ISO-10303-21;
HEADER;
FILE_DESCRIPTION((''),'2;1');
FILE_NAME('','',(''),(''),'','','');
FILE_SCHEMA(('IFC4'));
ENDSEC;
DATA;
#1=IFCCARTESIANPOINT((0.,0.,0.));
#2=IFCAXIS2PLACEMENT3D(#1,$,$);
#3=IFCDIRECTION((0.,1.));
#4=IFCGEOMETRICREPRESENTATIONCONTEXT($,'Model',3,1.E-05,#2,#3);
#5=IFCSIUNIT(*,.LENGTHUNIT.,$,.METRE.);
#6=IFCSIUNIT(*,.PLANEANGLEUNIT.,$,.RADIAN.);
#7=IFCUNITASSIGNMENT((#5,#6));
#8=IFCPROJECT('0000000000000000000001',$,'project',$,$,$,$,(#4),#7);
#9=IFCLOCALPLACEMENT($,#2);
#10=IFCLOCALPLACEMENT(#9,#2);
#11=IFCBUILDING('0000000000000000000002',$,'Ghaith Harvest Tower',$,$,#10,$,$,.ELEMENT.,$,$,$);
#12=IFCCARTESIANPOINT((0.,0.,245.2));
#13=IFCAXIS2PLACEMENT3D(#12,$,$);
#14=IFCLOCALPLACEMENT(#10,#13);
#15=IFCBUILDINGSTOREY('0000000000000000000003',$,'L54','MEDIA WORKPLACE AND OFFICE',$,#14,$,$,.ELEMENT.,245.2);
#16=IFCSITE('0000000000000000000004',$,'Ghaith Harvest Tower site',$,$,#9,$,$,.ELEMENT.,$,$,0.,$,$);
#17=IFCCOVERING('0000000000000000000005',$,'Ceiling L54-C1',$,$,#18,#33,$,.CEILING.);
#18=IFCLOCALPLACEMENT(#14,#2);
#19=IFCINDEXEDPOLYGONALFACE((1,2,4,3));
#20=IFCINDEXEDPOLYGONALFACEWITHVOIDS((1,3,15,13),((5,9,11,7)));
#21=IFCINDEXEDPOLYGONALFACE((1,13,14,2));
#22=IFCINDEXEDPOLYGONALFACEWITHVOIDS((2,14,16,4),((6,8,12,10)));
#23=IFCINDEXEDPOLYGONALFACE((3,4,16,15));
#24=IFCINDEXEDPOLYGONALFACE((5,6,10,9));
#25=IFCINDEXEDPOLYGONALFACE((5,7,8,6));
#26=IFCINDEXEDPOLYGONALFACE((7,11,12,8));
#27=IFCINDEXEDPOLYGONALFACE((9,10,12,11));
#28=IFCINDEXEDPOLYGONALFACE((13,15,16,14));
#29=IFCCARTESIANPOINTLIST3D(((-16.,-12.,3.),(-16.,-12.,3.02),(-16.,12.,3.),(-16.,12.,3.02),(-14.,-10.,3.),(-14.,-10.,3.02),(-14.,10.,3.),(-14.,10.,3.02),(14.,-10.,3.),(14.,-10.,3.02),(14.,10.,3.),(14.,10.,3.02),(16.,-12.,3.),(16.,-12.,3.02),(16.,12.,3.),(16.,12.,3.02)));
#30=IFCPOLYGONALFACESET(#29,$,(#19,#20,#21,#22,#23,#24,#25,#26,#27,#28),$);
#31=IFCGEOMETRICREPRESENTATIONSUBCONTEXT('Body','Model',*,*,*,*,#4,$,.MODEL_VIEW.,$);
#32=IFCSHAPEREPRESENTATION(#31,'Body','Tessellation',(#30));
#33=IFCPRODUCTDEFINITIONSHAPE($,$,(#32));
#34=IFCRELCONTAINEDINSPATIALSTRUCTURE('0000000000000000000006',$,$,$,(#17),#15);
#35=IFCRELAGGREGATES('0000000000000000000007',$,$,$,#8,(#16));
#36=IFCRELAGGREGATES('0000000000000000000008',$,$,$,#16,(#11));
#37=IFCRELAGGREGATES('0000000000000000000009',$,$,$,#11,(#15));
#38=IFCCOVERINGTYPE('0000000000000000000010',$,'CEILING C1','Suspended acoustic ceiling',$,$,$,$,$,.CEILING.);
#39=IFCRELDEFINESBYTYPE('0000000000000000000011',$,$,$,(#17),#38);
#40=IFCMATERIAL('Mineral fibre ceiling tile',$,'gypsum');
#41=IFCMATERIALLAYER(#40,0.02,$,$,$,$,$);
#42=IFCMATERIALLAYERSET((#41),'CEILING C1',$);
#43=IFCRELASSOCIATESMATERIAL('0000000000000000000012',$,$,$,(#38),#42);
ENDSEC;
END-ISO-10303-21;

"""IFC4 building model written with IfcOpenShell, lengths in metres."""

from ifc_helpers import new_model, si_unit, direction, frame, origin, place, context, subcontext, project, spatial, polyline, outline, extrude, material, layer, layer_set, type_object, element, save


model = new_model("IFC4")

# Units and contexts
model_context = context("Model", 3, precision=1e-05, world=origin(), true_north=direction((0.0, 1.0)))
body_context = subcontext(model_context, "Body", "Model", "MODEL_VIEW")
ifc_project = project(units=[si_unit("LENGTHUNIT", "METRE"), si_unit("PLANEANGLEUNIT", "RADIAN")], contexts=[model_context])

# Site, building, storey
site_placement = place(None, origin())
site = spatial("IfcSite", under=ifc_project, at=site_placement, Name="Ghaith Harvest Tower site", CompositionType="ELEMENT", RefElevation=0.0)
building_placement = place(site_placement, origin())
building = spatial("IfcBuilding", under=site, at=building_placement, Name="Ghaith Harvest Tower", CompositionType="ELEMENT")
storey_placement = place(building_placement, frame((0.0, 0.0, 245.2)))
storey = spatial("IfcBuildingStorey", under=building, at=storey_placement, Name="L54", Description="MEDIA WORKPLACE AND OFFICE", CompositionType="ELEMENT", Elevation=245.2)

# Covering
ifc_material_1 = material(Name="Mineral fibre ceiling tile", Category="gypsum")
ifc_layer_1 = layer(ifc_material_1, 0.02)
ifc_layer_set_1 = layer_set([ifc_layer_1], Name="CEILING C1")
covering_type = type_object("IfcCoveringType", Name="CEILING C1", Description="Suspended acoustic ceiling", PredefinedType="CEILING", material=ifc_layer_set_1)
covering_1_placement = place(storey_placement, frame((0.0, 0.0, 3.0)))
element("IfcCovering", 1, at=covering_1_placement, inside=storey, type_object=covering_type, Name="Ceiling L54-C1", PredefinedType="CEILING", context=body_context, shape_type="SweptSolid", body=[
    extrude(outline(polyline([(16.0, -12.0), (-16.0, -12.0), (-16.0, 12.0), (16.0, 12.0), (16.0, -12.0)]), holes=[polyline([(14.0, -10.0), (14.0, 10.0), (-14.0, 10.0), (-14.0, -10.0), (14.0, -10.0)])]), origin(), (0.0, 0.0, 1.0), 0.02),
])

save(model, "model.ifc")
